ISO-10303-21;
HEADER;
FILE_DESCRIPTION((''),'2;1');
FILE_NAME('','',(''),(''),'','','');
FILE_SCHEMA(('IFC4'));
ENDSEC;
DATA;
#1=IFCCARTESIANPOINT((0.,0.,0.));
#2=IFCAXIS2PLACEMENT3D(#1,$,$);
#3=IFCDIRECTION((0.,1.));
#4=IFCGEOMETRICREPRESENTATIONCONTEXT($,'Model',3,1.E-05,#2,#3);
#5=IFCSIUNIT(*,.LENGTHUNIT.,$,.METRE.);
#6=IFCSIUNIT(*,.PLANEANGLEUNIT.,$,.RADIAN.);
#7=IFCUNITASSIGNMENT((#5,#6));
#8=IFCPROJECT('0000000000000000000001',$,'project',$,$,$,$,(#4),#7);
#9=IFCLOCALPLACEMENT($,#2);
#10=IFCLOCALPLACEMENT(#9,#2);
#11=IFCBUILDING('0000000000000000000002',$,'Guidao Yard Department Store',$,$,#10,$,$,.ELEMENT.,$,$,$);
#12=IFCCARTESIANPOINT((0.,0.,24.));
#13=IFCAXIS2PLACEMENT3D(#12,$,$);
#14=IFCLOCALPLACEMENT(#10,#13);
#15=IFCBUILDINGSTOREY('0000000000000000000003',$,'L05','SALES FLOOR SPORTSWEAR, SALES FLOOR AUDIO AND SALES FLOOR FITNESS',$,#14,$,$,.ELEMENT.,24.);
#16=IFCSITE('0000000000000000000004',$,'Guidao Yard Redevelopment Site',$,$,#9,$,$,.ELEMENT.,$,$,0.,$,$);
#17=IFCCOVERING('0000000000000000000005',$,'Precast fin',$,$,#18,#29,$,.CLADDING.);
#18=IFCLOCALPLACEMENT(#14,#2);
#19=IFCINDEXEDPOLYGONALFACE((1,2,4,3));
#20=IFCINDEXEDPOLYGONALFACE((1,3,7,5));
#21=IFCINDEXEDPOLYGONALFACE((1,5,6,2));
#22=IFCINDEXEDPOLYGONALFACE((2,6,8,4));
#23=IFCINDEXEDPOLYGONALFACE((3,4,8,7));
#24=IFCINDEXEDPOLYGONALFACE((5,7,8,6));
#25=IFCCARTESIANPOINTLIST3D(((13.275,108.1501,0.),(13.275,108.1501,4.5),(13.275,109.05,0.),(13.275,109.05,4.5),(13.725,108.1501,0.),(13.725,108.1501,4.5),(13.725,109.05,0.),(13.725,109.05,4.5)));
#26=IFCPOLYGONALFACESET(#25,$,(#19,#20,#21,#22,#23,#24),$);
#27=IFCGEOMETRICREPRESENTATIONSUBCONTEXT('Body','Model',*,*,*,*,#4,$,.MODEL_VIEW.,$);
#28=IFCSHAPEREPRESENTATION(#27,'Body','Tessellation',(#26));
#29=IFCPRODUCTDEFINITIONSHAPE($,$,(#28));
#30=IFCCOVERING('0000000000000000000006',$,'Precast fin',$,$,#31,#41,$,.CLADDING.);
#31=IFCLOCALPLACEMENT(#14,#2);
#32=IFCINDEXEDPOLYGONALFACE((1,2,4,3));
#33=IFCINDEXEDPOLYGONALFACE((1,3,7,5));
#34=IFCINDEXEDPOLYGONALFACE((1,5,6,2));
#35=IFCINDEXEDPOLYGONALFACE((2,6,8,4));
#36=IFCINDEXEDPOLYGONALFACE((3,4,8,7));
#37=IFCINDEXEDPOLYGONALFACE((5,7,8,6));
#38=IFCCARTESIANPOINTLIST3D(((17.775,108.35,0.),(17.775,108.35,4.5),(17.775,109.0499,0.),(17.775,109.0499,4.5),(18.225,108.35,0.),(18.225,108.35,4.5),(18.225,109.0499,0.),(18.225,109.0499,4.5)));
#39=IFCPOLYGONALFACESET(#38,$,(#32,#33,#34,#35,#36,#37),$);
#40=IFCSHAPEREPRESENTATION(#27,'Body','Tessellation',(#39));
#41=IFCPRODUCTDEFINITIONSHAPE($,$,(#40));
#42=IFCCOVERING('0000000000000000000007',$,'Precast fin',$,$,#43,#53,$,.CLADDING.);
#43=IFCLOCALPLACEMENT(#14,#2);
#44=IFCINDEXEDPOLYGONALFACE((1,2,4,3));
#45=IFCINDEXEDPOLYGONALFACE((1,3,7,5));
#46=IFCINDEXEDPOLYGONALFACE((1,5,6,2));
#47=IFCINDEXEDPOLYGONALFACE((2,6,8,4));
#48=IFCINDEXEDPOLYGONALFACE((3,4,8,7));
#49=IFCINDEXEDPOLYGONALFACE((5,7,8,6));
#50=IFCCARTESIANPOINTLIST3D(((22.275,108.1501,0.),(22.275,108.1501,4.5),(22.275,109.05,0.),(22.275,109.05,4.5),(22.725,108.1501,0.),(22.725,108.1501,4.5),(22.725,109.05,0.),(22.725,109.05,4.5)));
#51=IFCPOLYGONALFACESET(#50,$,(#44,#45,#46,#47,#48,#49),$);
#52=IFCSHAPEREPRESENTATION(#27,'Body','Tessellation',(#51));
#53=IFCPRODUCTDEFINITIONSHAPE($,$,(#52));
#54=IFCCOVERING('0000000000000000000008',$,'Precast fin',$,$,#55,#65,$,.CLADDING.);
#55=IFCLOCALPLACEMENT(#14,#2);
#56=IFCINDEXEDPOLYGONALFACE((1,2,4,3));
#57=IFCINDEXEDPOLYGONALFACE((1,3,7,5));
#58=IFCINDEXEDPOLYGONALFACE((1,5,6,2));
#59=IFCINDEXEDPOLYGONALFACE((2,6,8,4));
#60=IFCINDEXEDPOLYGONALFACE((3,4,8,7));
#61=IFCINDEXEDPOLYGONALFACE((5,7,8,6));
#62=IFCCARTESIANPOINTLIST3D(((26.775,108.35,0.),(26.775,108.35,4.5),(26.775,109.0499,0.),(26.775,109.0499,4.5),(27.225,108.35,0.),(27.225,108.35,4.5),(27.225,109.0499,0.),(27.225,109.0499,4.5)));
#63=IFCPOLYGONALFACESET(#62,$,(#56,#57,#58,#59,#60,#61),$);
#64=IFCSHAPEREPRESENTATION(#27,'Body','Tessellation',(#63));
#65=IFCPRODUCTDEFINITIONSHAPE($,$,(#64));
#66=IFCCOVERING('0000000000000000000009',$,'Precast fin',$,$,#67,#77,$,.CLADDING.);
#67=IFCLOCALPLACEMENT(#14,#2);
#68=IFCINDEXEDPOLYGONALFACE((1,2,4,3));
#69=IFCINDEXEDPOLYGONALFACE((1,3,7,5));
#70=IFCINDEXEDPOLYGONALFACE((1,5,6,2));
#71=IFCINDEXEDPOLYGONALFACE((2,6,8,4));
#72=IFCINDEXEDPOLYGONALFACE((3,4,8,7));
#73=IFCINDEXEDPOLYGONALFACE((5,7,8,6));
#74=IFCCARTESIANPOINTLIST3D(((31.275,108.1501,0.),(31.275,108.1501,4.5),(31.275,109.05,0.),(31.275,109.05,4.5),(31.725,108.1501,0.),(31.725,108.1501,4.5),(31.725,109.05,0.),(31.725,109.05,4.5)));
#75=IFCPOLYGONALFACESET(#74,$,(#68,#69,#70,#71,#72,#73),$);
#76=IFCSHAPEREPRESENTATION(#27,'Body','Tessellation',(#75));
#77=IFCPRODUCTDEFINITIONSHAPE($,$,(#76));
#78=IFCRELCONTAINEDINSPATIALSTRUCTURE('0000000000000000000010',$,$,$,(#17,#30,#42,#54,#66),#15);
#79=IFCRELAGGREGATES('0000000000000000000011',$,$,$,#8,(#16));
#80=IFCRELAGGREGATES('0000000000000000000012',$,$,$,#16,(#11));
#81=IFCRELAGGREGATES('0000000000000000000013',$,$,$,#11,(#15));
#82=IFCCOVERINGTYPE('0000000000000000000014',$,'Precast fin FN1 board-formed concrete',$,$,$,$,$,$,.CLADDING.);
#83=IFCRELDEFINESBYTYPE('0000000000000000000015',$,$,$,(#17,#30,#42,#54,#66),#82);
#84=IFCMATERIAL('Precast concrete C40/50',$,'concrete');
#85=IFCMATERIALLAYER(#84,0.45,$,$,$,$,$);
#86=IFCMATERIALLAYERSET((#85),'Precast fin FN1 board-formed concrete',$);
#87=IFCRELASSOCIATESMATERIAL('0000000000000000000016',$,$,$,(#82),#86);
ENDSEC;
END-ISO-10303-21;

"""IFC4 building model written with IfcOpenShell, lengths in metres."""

from ifc_helpers import new_model, si_unit, direction, frame, origin, origin_2d, place, context, subcontext, project, spatial, rectangle, extrude, material, layer, layer_set, type_object, element, save


model = new_model("IFC4")

# Units and contexts
model_context = context("Model", 3, precision=1e-05, world=origin(), true_north=direction((0.0, 1.0)))
body_context = subcontext(model_context, "Body", "Model", "MODEL_VIEW")
ifc_project = project(units=[si_unit("LENGTHUNIT", "METRE"), si_unit("PLANEANGLEUNIT", "RADIAN")], contexts=[model_context])

# Site, building, storey
site_placement = place(None, origin())
site = spatial("IfcSite", under=ifc_project, at=site_placement, Name="Guidao Yard Redevelopment Site", CompositionType="ELEMENT", RefElevation=0.0)
building_placement = place(site_placement, origin())
building = spatial("IfcBuilding", under=site, at=building_placement, Name="Guidao Yard Department Store", CompositionType="ELEMENT")
storey_placement = place(building_placement, frame((0.0, 0.0, 24.0)))
storey = spatial("IfcBuildingStorey", under=building, at=storey_placement, Name="L05", Description="SALES FLOOR SPORTSWEAR, SALES FLOOR AUDIO AND SALES FLOOR FITNESS", CompositionType="ELEMENT", Elevation=24.0)

# Coverings
ifc_material_1 = material(Name="Precast concrete C40/50", Category="concrete")
ifc_layer_1 = layer(ifc_material_1, 0.45)
ifc_layer_set_1 = layer_set([ifc_layer_1], Name="Precast fin FN1 board-formed concrete")
covering_type = type_object("IfcCoveringType", Name="Precast fin FN1 board-formed concrete", PredefinedType="CLADDING", material=ifc_layer_set_1)
covering_1_placement = place(storey_placement, frame((13.5, 108.6001, 0.0), z_axis=(0.0, 0.0, 1.0), x_axis=(1.0, 0.0, 0.0)))
element("IfcCovering", 1, at=covering_1_placement, inside=storey, type_object=covering_type, Name="Precast fin", PredefinedType="CLADDING", context=body_context, shape_type="SweptSolid", body=[
    extrude(rectangle(XDim=0.45, YDim=0.8999, at=origin_2d()), origin(), (0.0, 0.0, 1.0), 4.5),
])
covering_2_placement = place(storey_placement, frame((18.0, 108.7, 0.0), z_axis=(0.0, 0.0, 1.0), x_axis=(1.0, 0.0, 0.0)))
element("IfcCovering", 2, at=covering_2_placement, inside=storey, type_object=covering_type, Name="Precast fin", PredefinedType="CLADDING", context=body_context, shape_type="SweptSolid", body=[
    extrude(rectangle(XDim=0.45, YDim=0.7, at=origin_2d()), origin(), (0.0, 0.0, 1.0), 4.5),
])
covering_3_placement = place(storey_placement, frame((22.5, 108.6001, 0.0), z_axis=(0.0, 0.0, 1.0), x_axis=(1.0, 0.0, 0.0)))
element("IfcCovering", 3, at=covering_3_placement, inside=storey, type_object=covering_type, Name="Precast fin", PredefinedType="CLADDING", context=body_context, shape_type="SweptSolid", body=[
    extrude(rectangle(XDim=0.45, YDim=0.8999, at=origin_2d()), origin(), (0.0, 0.0, 1.0), 4.5),
])
covering_4_placement = place(storey_placement, frame((27.0, 108.7, 0.0), z_axis=(0.0, 0.0, 1.0), x_axis=(1.0, 0.0, 0.0)))
element("IfcCovering", 4, at=covering_4_placement, inside=storey, type_object=covering_type, Name="Precast fin", PredefinedType="CLADDING", context=body_context, shape_type="SweptSolid", body=[
    extrude(rectangle(XDim=0.45, YDim=0.7, at=origin_2d()), origin(), (0.0, 0.0, 1.0), 4.5),
])
covering_5_placement = place(storey_placement, frame((31.5, 108.6001, 0.0), z_axis=(0.0, 0.0, 1.0), x_axis=(1.0, 0.0, 0.0)))
element("IfcCovering", 5, at=covering_5_placement, inside=storey, type_object=covering_type, Name="Precast fin", PredefinedType="CLADDING", context=body_context, shape_type="SweptSolid", body=[
    extrude(rectangle(XDim=0.45, YDim=0.8999, at=origin_2d()), origin(), (0.0, 0.0, 1.0), 4.5),
])

save(model, "model.ifc")
